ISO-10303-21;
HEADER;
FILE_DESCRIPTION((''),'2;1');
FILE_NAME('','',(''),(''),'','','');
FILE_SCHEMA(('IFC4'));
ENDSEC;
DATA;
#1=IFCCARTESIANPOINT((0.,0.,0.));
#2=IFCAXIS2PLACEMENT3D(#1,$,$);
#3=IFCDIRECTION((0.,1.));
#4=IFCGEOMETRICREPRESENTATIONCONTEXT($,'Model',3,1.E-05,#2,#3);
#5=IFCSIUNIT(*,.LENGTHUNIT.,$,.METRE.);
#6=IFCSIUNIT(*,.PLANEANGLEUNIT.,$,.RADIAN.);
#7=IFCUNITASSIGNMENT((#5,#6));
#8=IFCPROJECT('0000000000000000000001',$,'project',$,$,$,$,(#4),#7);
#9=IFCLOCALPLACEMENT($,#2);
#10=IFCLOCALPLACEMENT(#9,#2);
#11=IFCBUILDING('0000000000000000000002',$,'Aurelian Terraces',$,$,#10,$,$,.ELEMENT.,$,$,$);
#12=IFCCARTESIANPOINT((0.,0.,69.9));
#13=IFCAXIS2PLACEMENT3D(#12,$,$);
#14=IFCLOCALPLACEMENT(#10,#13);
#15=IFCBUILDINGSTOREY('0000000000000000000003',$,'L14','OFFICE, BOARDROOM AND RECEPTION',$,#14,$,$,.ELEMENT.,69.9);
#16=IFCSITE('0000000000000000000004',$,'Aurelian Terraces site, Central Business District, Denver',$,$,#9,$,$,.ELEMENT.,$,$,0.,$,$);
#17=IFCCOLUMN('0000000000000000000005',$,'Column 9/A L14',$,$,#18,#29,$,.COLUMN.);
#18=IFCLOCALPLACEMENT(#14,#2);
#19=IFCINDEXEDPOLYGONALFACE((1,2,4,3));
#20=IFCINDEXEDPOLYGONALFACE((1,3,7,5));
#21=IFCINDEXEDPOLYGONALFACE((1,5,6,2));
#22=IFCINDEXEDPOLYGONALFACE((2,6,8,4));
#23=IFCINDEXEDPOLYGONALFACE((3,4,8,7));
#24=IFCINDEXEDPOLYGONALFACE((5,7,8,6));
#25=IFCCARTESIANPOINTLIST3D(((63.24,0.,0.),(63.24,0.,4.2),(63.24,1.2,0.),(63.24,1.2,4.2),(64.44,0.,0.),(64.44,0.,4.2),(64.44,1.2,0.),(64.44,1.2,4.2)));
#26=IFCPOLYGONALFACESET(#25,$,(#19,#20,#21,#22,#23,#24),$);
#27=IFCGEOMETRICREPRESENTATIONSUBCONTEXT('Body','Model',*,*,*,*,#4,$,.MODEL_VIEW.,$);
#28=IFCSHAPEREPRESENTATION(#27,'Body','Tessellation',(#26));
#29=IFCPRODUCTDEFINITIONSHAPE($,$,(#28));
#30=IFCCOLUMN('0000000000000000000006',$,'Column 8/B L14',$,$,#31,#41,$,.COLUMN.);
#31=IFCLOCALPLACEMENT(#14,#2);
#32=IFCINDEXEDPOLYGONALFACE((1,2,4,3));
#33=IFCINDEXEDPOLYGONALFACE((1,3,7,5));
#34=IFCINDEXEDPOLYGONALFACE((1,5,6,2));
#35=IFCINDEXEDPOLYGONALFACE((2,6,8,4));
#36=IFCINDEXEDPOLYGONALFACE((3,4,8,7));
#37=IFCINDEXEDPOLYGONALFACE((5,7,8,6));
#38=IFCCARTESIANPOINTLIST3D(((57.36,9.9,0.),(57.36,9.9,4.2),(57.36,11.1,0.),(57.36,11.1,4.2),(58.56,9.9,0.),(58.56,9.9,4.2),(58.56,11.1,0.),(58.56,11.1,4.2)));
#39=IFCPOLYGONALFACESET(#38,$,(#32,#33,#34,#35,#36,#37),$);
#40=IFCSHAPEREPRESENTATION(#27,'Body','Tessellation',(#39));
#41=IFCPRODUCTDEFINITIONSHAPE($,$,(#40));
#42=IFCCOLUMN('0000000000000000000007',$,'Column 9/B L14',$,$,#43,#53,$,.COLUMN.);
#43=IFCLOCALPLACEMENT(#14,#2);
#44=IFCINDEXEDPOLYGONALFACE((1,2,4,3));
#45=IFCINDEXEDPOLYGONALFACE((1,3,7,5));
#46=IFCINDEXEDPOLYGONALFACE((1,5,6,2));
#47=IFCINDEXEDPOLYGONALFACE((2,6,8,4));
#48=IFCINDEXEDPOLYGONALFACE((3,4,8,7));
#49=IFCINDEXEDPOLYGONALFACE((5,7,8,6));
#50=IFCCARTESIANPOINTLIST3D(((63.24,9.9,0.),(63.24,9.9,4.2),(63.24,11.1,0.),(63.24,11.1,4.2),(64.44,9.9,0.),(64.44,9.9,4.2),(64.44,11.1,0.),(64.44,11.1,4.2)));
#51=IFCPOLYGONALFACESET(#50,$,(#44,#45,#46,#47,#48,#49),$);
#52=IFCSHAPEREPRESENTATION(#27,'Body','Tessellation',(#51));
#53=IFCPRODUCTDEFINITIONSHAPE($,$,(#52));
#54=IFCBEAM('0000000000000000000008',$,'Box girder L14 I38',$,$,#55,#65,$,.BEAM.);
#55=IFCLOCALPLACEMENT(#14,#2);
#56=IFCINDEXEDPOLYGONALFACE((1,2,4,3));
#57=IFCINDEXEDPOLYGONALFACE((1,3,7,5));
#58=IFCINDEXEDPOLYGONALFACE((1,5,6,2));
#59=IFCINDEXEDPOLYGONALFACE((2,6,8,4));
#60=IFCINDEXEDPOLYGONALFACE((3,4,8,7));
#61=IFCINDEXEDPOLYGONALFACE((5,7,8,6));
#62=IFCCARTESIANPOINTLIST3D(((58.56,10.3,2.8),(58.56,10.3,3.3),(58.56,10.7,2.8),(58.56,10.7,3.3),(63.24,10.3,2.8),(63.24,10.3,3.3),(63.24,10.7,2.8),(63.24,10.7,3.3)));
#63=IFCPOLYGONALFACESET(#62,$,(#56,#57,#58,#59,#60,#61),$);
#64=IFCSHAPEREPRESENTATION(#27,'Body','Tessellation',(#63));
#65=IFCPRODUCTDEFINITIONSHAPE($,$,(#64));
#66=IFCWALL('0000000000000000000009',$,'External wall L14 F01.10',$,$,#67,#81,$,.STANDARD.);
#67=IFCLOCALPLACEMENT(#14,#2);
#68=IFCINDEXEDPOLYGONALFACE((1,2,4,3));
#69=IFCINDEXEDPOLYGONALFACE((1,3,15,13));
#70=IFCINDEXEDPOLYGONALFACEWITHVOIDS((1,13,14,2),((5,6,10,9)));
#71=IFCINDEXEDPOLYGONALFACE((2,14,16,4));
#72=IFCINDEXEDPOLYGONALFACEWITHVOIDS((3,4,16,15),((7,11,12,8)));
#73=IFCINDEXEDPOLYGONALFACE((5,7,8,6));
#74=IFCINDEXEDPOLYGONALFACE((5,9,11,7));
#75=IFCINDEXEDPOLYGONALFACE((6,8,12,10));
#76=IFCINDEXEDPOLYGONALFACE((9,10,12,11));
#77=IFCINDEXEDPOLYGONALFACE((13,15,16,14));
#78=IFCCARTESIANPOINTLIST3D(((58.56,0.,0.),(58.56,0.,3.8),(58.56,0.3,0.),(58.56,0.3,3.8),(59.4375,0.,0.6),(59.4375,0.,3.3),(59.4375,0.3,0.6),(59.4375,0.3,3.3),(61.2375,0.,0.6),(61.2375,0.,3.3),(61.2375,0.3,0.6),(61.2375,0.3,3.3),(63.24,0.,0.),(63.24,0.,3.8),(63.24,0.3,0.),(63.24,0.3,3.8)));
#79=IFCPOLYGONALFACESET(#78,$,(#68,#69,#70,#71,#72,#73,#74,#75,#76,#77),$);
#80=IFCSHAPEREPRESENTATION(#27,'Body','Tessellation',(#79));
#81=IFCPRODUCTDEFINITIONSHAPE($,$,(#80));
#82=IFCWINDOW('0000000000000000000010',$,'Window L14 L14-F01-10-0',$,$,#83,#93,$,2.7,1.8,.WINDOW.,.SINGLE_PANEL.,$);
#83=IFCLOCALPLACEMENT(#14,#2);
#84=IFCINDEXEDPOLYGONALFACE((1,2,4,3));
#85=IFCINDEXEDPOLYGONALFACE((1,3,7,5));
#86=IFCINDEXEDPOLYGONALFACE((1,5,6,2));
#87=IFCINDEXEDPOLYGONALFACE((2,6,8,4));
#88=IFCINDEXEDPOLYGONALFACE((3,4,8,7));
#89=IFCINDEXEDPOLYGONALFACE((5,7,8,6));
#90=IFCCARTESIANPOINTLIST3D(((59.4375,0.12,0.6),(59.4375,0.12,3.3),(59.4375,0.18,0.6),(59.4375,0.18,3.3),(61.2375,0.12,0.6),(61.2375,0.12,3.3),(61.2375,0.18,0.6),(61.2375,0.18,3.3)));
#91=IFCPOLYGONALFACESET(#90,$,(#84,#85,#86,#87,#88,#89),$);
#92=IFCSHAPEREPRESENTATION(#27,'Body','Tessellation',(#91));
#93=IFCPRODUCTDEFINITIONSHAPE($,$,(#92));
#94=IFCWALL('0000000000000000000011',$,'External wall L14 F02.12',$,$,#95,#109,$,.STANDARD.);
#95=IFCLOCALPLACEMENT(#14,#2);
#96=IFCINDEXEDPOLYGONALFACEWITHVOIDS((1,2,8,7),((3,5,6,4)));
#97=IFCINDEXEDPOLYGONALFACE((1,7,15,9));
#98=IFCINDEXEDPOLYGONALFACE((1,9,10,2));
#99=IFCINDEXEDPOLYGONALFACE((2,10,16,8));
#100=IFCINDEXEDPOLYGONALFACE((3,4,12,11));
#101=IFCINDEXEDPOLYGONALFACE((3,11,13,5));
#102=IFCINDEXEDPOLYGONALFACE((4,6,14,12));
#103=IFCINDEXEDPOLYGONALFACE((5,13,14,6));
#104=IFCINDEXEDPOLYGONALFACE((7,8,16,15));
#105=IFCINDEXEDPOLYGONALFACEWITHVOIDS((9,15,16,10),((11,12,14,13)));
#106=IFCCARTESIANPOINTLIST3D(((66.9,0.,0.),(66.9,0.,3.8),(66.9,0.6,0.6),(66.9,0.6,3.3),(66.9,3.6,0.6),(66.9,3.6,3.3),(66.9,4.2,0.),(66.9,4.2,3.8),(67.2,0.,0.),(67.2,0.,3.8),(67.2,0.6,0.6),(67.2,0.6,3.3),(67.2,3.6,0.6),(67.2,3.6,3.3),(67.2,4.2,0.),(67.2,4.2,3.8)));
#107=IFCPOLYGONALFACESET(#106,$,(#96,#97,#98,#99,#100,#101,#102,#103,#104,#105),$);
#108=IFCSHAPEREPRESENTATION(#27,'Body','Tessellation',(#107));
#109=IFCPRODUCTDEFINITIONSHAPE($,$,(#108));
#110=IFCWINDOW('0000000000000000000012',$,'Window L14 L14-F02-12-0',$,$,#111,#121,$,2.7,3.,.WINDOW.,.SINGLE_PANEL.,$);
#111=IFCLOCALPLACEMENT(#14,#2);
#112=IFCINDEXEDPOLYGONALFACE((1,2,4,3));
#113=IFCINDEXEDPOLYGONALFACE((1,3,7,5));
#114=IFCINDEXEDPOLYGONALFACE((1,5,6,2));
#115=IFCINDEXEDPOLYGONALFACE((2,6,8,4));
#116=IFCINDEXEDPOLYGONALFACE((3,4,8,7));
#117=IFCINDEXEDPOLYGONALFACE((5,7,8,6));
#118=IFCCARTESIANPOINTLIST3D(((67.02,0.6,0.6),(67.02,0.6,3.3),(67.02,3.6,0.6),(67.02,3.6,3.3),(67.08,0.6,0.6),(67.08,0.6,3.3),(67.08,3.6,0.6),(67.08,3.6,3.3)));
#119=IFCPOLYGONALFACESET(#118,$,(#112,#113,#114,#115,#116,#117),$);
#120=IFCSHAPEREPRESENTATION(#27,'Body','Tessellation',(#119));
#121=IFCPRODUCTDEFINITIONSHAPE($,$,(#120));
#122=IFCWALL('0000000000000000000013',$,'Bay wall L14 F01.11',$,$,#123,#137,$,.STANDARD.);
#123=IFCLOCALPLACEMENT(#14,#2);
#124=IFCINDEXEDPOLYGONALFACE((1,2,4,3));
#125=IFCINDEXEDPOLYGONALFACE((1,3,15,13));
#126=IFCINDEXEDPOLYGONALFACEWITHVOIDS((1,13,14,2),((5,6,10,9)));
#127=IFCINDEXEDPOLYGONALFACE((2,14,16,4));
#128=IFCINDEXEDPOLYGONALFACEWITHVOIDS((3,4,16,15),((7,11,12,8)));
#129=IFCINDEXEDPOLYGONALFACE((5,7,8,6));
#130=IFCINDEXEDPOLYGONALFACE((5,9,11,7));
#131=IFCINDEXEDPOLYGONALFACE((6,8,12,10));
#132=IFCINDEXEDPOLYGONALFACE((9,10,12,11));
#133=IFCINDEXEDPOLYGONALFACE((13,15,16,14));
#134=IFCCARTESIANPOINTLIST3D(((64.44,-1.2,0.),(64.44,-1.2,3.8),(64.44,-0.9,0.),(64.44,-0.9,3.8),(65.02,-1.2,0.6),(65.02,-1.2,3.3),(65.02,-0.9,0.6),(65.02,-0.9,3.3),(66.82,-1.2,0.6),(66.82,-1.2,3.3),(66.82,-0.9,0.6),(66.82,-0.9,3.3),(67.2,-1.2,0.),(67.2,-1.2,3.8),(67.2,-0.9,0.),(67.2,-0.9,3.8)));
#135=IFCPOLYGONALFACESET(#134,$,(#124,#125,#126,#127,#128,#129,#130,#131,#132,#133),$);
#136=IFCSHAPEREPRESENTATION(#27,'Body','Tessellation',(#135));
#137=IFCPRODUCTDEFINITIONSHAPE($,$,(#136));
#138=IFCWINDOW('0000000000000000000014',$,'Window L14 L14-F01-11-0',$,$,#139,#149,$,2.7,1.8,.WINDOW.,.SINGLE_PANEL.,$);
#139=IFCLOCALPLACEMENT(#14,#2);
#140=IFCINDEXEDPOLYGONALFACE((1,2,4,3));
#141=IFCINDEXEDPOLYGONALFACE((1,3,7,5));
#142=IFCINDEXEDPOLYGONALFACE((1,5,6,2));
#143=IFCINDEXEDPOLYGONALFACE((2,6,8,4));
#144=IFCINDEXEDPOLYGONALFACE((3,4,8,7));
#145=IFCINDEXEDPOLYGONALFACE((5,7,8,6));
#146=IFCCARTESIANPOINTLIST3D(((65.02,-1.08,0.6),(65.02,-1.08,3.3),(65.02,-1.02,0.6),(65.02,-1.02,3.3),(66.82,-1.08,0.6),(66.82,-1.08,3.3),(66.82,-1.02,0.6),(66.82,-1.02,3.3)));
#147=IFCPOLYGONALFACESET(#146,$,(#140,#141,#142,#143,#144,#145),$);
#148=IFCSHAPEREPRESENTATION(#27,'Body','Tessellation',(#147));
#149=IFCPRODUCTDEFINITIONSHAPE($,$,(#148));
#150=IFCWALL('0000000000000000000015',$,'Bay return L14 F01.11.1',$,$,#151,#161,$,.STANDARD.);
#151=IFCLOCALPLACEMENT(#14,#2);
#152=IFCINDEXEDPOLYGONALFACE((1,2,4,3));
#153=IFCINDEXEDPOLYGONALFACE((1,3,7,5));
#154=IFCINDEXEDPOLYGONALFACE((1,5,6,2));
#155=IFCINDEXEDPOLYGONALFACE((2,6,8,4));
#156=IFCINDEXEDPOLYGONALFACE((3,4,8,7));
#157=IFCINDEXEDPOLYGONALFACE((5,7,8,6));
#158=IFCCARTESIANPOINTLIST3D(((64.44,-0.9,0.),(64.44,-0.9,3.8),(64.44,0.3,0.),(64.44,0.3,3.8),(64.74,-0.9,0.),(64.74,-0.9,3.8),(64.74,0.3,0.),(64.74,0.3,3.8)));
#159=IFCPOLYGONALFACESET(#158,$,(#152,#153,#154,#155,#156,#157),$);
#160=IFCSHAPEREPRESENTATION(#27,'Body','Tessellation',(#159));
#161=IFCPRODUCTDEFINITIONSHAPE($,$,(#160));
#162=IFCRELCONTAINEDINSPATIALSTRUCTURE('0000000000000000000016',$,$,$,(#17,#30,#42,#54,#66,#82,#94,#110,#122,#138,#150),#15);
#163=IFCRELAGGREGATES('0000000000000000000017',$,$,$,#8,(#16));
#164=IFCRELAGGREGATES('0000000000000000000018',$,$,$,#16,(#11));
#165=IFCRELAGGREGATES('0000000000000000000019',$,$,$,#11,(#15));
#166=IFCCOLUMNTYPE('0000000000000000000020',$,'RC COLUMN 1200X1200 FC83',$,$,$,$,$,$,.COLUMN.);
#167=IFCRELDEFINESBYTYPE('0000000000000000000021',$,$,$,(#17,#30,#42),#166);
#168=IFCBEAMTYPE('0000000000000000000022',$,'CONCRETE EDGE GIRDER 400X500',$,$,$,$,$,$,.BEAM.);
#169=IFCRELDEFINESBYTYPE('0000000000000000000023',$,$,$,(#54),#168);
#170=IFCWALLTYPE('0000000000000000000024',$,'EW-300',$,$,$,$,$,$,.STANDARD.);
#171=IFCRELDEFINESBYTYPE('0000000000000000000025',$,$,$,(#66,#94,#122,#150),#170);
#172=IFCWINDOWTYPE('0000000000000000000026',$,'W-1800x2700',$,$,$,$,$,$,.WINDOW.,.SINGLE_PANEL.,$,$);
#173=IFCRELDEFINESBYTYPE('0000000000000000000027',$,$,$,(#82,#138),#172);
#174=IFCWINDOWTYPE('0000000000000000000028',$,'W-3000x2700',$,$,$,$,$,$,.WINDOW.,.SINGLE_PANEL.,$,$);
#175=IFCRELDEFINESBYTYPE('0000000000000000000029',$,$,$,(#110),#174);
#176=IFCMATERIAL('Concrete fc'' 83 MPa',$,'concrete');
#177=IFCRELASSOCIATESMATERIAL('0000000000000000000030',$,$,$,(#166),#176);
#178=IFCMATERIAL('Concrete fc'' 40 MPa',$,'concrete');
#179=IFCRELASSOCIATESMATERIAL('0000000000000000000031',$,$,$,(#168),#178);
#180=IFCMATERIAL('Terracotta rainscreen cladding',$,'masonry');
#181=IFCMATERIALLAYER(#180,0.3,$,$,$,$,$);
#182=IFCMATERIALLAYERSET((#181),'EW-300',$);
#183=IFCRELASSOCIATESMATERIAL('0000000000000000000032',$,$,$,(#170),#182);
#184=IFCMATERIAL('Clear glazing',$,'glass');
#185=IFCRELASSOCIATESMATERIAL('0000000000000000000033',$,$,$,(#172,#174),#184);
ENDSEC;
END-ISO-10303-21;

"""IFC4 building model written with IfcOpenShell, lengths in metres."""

from ifc_helpers import new_model, si_unit, direction, frame, frame_2d, origin, origin_2d, place, context, subcontext, project, spatial, rectangle, extrude, source, transform, mapped, material, layer, layer_set, material_profile, profile_set, type_object, element, fill, save


model = new_model("IFC4")

# Units and contexts
model_context = context("Model", 3, precision=1e-05, world=origin(), true_north=direction((0.0, 1.0)))
body_context = subcontext(model_context, "Body", "Model", "MODEL_VIEW")
ifc_project = project(units=[si_unit("LENGTHUNIT", "METRE"), si_unit("PLANEANGLEUNIT", "RADIAN")], contexts=[model_context])

# Site, building, storey
site_placement = place(None, origin())
site = spatial("IfcSite", under=ifc_project, at=site_placement, Name="Aurelian Terraces site, Central Business District, Denver", CompositionType="ELEMENT", RefElevation=0.0)
building_placement = place(site_placement, origin())
building = spatial("IfcBuilding", under=site, at=building_placement, Name="Aurelian Terraces", CompositionType="ELEMENT")
storey_placement = place(building_placement, frame((0.0, 0.0, 69.9)))
storey = spatial("IfcBuildingStorey", under=building, at=storey_placement, Name="L14", Description="OFFICE, BOARDROOM AND RECEPTION", CompositionType="ELEMENT", Elevation=69.9)

# Columns
ifc_material_1 = material(Name="Concrete fc' 83 MPa", Category="concrete")
ifc_material_profile_1 = material_profile(ifc_material_1, rectangle(XDim=1.2, YDim=1.2, at=origin_2d()))
ifc_profile_set_1 = profile_set([ifc_material_profile_1], Name="Concrete fc' 83 MPa")
column_type = type_object("IfcColumnType", Name="RC COLUMN 1200X1200 FC83", PredefinedType="COLUMN", material=ifc_profile_set_1)
shared_shape_1 = source(origin(), body_context, "Body", "SweptSolid", [
    extrude(rectangle(XDim=1.2, YDim=1.2, at=origin_2d()), origin(), (0.0, 0.0, 1.0), 4.2),
])
for number, where, z_axis, x_axis, name in (
    (1, (63.84, 0.6, 0.0), (0.0, 0.0, 1.0), (1.0, 0.0, 0.0), "Column 9/A L14"),
    (2, (57.96, 10.5, 0.0), (0.0, 0.0, 1.0), (1.0, 0.0, 0.0), "Column 8/B L14"),
    (3, (63.84, 10.5, 0.0), (0.0, 0.0, 1.0), (1.0, 0.0, 0.0), "Column 9/B L14"),
):
    element("IfcColumn", number, at=place(storey_placement, frame(where, z_axis=z_axis, x_axis=x_axis)), inside=storey, type_object=column_type, Name=name, PredefinedType="COLUMN", context=body_context, shape_type="MappedRepresentation", body=[
        mapped(shared_shape_1, transform((0.0, 0.0, 0.0), scale=1.0)),
    ])

# Beam
ifc_material_2 = material(Name="Concrete fc' 40 MPa", Category="concrete")
ifc_material_profile_2 = material_profile(ifc_material_2, rectangle(XDim=0.4, YDim=0.5, at=origin_2d()))
ifc_profile_set_2 = profile_set([ifc_material_profile_2], Name="Concrete fc' 40 MPa")
beam_type = type_object("IfcBeamType", Name="CONCRETE EDGE GIRDER 400X500", PredefinedType="BEAM", material=ifc_profile_set_2)
shared_shape_2 = source(origin(), body_context, "Body", "SweptSolid", [
    extrude(rectangle(XDim=0.4, YDim=0.5, at=origin_2d()), origin(), (0.0, 0.0, 1.0), 4.68),
])
beam_placement = place(storey_placement, frame((58.56, 10.5, 3.05), z_axis=(1.0, 0.0, 0.0), x_axis=(0.0, 1.0, 0.0)))
element("IfcBeam", 4, at=beam_placement, inside=storey, type_object=beam_type, Name="Box girder L14 I38", PredefinedType="BEAM", context=body_context, shape_type="MappedRepresentation", body=[
    mapped(shared_shape_2, transform((0.0, 0.0, 0.0), scale=1.0)),
])

# Walls, openings, windows
ifc_material_3 = material(Name="Terracotta rainscreen cladding", Category="masonry")
ifc_layer_1 = layer(ifc_material_3, 0.3)
ifc_layer_set_1 = layer_set([ifc_layer_1], Name="EW-300")
wall_type_1 = type_object("IfcWallType", Name="EW-300", PredefinedType="STANDARD", material=ifc_layer_set_1)
shared_shape_3 = source(origin(), body_context, "Body", "SweptSolid", [
    extrude(rectangle(XDim=4.68, YDim=0.3, at=frame_2d((2.34, 0.0))), origin(), (0.0, 0.0, 1.0), 3.8),
])
wall_1_placement = place(storey_placement, frame((58.56, 0.15, 0.0), z_axis=(0.0, 0.0, 1.0), x_axis=(1.0, 0.0, 0.0)))
wall_1 = element("IfcWall", 5, at=wall_1_placement, inside=storey, type_object=wall_type_1, Name="External wall L14 F01.10", PredefinedType="STANDARD", context=body_context, shape_type="MappedRepresentation", body=[
    mapped(shared_shape_3, transform((0.0, 0.0, 0.0), scale=1.0)),
])
shared_shape_4 = source(origin(), body_context, "Body", "SweptSolid", [
    extrude(rectangle(XDim=1.8, YDim=2.7, at=frame_2d((0.9, 1.35))), frame((0.0, 0.16, 0.0), z_axis=(0.0, -1.0, 0.0), x_axis=(1.0, 0.0, 0.0)), (0.0, 0.0, 1.0), 0.32),
])
opening_1_placement = place(wall_1_placement, frame((0.8775, 0.0, 0.6)))
opening_1 = element("IfcOpeningElement", 6, at=opening_1_placement, cuts=wall_1, PredefinedType="OPENING", context=body_context, shape_type="MappedRepresentation", body=[
    mapped(shared_shape_4, transform((0.0, 0.0, 0.0), scale=1.0)),
])
ifc_material_4 = material(Name="Clear glazing", Category="glass")
window_type_1 = type_object("IfcWindowType", Name="W-1800x2700", PartitioningType="SINGLE_PANEL", PredefinedType="WINDOW", material=ifc_material_4)
shared_shape_5 = source(origin(), body_context, "Body", "SweptSolid", [
    extrude(rectangle(XDim=1.8, YDim=2.7, at=frame_2d((0.9, 1.35))), frame((0.0, 0.03, 0.0), z_axis=(0.0, -1.0, 0.0), x_axis=(1.0, 0.0, 0.0)), (0.0, 0.0, 1.0), 0.06),
])
window_1_placement = place(opening_1_placement, origin())
window_1 = element("IfcWindow", 7, at=window_1_placement, inside=storey, type_object=window_type_1, Name="Window L14 L14-F01-10-0", OverallHeight=2.7, OverallWidth=1.8, PartitioningType="SINGLE_PANEL", PredefinedType="WINDOW", context=body_context, shape_type="MappedRepresentation", body=[
    mapped(shared_shape_5, transform((0.0, 0.0, 0.0), scale=1.0)),
])
fill(opening_1, window_1)
shared_shape_6 = source(origin(), body_context, "Body", "SweptSolid", [
    extrude(rectangle(XDim=4.2, YDim=0.3, at=frame_2d((2.1, 0.0))), origin(), (0.0, 0.0, 1.0), 3.8),
])
wall_2_placement = place(storey_placement, frame((67.05, 0.0, 0.0), z_axis=(0.0, 0.0, 1.0), x_axis=(0.0, 1.0, 0.0)))
wall_2 = element("IfcWall", 8, at=wall_2_placement, inside=storey, type_object=wall_type_1, Name="External wall L14 F02.12", PredefinedType="STANDARD", context=body_context, shape_type="MappedRepresentation", body=[
    mapped(shared_shape_6, transform((0.0, 0.0, 0.0), scale=1.0)),
])
shared_shape_7 = source(origin(), body_context, "Body", "SweptSolid", [
    extrude(rectangle(XDim=3.0, YDim=2.7, at=frame_2d((1.5, 1.35))), frame((0.0, 0.16, 0.0), z_axis=(0.0, -1.0, 0.0), x_axis=(1.0, 0.0, 0.0)), (0.0, 0.0, 1.0), 0.32),
])
opening_2_placement = place(wall_2_placement, frame((0.6, 0.0, 0.6)))
opening_2 = element("IfcOpeningElement", 9, at=opening_2_placement, cuts=wall_2, PredefinedType="OPENING", context=body_context, shape_type="MappedRepresentation", body=[
    mapped(shared_shape_7, transform((0.0, 0.0, 0.0), scale=1.0)),
])
window_type_2 = type_object("IfcWindowType", Name="W-3000x2700", PartitioningType="SINGLE_PANEL", PredefinedType="WINDOW", material=ifc_material_4)
shared_shape_8 = source(origin(), body_context, "Body", "SweptSolid", [
    extrude(rectangle(XDim=3.0, YDim=2.7, at=frame_2d((1.5, 1.35))), frame((0.0, 0.03, 0.0), z_axis=(0.0, -1.0, 0.0), x_axis=(1.0, 0.0, 0.0)), (0.0, 0.0, 1.0), 0.06),
])
window_2_placement = place(opening_2_placement, origin())
window_2 = element("IfcWindow", 10, at=window_2_placement, inside=storey, type_object=window_type_2, Name="Window L14 L14-F02-12-0", OverallHeight=2.7, OverallWidth=3.0, PartitioningType="SINGLE_PANEL", PredefinedType="WINDOW", context=body_context, shape_type="MappedRepresentation", body=[
    mapped(shared_shape_8, transform((0.0, 0.0, 0.0), scale=1.0)),
])
fill(opening_2, window_2)
shared_shape_9 = source(origin(), body_context, "Body", "SweptSolid", [
    extrude(rectangle(XDim=2.76, YDim=0.3, at=frame_2d((1.38, 0.0))), origin(), (0.0, 0.0, 1.0), 3.8),
])
wall_3_placement = place(storey_placement, frame((64.44, -1.05, 0.0), z_axis=(0.0, 0.0, 1.0), x_axis=(1.0, 0.0, 0.0)))
wall_3 = element("IfcWall", 11, at=wall_3_placement, inside=storey, type_object=wall_type_1, Name="Bay wall L14 F01.11", PredefinedType="STANDARD", context=body_context, shape_type="MappedRepresentation", body=[
    mapped(shared_shape_9, transform((0.0, 0.0, 0.0), scale=1.0)),
])
opening_3_placement = place(wall_3_placement, frame((0.58, 0.0, 0.6)))
opening_3 = element("IfcOpeningElement", 12, at=opening_3_placement, cuts=wall_3, PredefinedType="OPENING", context=body_context, shape_type="MappedRepresentation", body=[
    mapped(shared_shape_4, transform((0.0, 0.0, 0.0), scale=1.0)),
])
window_3_placement = place(opening_3_placement, origin())
window_3 = element("IfcWindow", 13, at=window_3_placement, inside=storey, type_object=window_type_1, Name="Window L14 L14-F01-11-0", OverallHeight=2.7, OverallWidth=1.8, PartitioningType="SINGLE_PANEL", PredefinedType="WINDOW", context=body_context, shape_type="MappedRepresentation", body=[
    mapped(shared_shape_5, transform((0.0, 0.0, 0.0), scale=1.0)),
])
fill(opening_3, window_3)

# Wall
shared_shape_10 = source(origin(), body_context, "Body", "SweptSolid", [
    extrude(rectangle(XDim=1.2, YDim=0.3, at=frame_2d((0.6, 0.0))), origin(), (0.0, 0.0, 1.0), 3.8),
])
wall_4_placement = place(storey_placement, frame((64.59, 0.3, 0.0), z_axis=(0.0, 0.0, 1.0), x_axis=(0.0, -1.0, 0.0)))
element("IfcWall", 14, at=wall_4_placement, inside=storey, type_object=wall_type_1, Name="Bay return L14 F01.11.1", PredefinedType="STANDARD", context=body_context, shape_type="MappedRepresentation", body=[
    mapped(shared_shape_10, transform((0.0, 0.0, 0.0), scale=1.0)),
])

save(model, "model.ifc")
